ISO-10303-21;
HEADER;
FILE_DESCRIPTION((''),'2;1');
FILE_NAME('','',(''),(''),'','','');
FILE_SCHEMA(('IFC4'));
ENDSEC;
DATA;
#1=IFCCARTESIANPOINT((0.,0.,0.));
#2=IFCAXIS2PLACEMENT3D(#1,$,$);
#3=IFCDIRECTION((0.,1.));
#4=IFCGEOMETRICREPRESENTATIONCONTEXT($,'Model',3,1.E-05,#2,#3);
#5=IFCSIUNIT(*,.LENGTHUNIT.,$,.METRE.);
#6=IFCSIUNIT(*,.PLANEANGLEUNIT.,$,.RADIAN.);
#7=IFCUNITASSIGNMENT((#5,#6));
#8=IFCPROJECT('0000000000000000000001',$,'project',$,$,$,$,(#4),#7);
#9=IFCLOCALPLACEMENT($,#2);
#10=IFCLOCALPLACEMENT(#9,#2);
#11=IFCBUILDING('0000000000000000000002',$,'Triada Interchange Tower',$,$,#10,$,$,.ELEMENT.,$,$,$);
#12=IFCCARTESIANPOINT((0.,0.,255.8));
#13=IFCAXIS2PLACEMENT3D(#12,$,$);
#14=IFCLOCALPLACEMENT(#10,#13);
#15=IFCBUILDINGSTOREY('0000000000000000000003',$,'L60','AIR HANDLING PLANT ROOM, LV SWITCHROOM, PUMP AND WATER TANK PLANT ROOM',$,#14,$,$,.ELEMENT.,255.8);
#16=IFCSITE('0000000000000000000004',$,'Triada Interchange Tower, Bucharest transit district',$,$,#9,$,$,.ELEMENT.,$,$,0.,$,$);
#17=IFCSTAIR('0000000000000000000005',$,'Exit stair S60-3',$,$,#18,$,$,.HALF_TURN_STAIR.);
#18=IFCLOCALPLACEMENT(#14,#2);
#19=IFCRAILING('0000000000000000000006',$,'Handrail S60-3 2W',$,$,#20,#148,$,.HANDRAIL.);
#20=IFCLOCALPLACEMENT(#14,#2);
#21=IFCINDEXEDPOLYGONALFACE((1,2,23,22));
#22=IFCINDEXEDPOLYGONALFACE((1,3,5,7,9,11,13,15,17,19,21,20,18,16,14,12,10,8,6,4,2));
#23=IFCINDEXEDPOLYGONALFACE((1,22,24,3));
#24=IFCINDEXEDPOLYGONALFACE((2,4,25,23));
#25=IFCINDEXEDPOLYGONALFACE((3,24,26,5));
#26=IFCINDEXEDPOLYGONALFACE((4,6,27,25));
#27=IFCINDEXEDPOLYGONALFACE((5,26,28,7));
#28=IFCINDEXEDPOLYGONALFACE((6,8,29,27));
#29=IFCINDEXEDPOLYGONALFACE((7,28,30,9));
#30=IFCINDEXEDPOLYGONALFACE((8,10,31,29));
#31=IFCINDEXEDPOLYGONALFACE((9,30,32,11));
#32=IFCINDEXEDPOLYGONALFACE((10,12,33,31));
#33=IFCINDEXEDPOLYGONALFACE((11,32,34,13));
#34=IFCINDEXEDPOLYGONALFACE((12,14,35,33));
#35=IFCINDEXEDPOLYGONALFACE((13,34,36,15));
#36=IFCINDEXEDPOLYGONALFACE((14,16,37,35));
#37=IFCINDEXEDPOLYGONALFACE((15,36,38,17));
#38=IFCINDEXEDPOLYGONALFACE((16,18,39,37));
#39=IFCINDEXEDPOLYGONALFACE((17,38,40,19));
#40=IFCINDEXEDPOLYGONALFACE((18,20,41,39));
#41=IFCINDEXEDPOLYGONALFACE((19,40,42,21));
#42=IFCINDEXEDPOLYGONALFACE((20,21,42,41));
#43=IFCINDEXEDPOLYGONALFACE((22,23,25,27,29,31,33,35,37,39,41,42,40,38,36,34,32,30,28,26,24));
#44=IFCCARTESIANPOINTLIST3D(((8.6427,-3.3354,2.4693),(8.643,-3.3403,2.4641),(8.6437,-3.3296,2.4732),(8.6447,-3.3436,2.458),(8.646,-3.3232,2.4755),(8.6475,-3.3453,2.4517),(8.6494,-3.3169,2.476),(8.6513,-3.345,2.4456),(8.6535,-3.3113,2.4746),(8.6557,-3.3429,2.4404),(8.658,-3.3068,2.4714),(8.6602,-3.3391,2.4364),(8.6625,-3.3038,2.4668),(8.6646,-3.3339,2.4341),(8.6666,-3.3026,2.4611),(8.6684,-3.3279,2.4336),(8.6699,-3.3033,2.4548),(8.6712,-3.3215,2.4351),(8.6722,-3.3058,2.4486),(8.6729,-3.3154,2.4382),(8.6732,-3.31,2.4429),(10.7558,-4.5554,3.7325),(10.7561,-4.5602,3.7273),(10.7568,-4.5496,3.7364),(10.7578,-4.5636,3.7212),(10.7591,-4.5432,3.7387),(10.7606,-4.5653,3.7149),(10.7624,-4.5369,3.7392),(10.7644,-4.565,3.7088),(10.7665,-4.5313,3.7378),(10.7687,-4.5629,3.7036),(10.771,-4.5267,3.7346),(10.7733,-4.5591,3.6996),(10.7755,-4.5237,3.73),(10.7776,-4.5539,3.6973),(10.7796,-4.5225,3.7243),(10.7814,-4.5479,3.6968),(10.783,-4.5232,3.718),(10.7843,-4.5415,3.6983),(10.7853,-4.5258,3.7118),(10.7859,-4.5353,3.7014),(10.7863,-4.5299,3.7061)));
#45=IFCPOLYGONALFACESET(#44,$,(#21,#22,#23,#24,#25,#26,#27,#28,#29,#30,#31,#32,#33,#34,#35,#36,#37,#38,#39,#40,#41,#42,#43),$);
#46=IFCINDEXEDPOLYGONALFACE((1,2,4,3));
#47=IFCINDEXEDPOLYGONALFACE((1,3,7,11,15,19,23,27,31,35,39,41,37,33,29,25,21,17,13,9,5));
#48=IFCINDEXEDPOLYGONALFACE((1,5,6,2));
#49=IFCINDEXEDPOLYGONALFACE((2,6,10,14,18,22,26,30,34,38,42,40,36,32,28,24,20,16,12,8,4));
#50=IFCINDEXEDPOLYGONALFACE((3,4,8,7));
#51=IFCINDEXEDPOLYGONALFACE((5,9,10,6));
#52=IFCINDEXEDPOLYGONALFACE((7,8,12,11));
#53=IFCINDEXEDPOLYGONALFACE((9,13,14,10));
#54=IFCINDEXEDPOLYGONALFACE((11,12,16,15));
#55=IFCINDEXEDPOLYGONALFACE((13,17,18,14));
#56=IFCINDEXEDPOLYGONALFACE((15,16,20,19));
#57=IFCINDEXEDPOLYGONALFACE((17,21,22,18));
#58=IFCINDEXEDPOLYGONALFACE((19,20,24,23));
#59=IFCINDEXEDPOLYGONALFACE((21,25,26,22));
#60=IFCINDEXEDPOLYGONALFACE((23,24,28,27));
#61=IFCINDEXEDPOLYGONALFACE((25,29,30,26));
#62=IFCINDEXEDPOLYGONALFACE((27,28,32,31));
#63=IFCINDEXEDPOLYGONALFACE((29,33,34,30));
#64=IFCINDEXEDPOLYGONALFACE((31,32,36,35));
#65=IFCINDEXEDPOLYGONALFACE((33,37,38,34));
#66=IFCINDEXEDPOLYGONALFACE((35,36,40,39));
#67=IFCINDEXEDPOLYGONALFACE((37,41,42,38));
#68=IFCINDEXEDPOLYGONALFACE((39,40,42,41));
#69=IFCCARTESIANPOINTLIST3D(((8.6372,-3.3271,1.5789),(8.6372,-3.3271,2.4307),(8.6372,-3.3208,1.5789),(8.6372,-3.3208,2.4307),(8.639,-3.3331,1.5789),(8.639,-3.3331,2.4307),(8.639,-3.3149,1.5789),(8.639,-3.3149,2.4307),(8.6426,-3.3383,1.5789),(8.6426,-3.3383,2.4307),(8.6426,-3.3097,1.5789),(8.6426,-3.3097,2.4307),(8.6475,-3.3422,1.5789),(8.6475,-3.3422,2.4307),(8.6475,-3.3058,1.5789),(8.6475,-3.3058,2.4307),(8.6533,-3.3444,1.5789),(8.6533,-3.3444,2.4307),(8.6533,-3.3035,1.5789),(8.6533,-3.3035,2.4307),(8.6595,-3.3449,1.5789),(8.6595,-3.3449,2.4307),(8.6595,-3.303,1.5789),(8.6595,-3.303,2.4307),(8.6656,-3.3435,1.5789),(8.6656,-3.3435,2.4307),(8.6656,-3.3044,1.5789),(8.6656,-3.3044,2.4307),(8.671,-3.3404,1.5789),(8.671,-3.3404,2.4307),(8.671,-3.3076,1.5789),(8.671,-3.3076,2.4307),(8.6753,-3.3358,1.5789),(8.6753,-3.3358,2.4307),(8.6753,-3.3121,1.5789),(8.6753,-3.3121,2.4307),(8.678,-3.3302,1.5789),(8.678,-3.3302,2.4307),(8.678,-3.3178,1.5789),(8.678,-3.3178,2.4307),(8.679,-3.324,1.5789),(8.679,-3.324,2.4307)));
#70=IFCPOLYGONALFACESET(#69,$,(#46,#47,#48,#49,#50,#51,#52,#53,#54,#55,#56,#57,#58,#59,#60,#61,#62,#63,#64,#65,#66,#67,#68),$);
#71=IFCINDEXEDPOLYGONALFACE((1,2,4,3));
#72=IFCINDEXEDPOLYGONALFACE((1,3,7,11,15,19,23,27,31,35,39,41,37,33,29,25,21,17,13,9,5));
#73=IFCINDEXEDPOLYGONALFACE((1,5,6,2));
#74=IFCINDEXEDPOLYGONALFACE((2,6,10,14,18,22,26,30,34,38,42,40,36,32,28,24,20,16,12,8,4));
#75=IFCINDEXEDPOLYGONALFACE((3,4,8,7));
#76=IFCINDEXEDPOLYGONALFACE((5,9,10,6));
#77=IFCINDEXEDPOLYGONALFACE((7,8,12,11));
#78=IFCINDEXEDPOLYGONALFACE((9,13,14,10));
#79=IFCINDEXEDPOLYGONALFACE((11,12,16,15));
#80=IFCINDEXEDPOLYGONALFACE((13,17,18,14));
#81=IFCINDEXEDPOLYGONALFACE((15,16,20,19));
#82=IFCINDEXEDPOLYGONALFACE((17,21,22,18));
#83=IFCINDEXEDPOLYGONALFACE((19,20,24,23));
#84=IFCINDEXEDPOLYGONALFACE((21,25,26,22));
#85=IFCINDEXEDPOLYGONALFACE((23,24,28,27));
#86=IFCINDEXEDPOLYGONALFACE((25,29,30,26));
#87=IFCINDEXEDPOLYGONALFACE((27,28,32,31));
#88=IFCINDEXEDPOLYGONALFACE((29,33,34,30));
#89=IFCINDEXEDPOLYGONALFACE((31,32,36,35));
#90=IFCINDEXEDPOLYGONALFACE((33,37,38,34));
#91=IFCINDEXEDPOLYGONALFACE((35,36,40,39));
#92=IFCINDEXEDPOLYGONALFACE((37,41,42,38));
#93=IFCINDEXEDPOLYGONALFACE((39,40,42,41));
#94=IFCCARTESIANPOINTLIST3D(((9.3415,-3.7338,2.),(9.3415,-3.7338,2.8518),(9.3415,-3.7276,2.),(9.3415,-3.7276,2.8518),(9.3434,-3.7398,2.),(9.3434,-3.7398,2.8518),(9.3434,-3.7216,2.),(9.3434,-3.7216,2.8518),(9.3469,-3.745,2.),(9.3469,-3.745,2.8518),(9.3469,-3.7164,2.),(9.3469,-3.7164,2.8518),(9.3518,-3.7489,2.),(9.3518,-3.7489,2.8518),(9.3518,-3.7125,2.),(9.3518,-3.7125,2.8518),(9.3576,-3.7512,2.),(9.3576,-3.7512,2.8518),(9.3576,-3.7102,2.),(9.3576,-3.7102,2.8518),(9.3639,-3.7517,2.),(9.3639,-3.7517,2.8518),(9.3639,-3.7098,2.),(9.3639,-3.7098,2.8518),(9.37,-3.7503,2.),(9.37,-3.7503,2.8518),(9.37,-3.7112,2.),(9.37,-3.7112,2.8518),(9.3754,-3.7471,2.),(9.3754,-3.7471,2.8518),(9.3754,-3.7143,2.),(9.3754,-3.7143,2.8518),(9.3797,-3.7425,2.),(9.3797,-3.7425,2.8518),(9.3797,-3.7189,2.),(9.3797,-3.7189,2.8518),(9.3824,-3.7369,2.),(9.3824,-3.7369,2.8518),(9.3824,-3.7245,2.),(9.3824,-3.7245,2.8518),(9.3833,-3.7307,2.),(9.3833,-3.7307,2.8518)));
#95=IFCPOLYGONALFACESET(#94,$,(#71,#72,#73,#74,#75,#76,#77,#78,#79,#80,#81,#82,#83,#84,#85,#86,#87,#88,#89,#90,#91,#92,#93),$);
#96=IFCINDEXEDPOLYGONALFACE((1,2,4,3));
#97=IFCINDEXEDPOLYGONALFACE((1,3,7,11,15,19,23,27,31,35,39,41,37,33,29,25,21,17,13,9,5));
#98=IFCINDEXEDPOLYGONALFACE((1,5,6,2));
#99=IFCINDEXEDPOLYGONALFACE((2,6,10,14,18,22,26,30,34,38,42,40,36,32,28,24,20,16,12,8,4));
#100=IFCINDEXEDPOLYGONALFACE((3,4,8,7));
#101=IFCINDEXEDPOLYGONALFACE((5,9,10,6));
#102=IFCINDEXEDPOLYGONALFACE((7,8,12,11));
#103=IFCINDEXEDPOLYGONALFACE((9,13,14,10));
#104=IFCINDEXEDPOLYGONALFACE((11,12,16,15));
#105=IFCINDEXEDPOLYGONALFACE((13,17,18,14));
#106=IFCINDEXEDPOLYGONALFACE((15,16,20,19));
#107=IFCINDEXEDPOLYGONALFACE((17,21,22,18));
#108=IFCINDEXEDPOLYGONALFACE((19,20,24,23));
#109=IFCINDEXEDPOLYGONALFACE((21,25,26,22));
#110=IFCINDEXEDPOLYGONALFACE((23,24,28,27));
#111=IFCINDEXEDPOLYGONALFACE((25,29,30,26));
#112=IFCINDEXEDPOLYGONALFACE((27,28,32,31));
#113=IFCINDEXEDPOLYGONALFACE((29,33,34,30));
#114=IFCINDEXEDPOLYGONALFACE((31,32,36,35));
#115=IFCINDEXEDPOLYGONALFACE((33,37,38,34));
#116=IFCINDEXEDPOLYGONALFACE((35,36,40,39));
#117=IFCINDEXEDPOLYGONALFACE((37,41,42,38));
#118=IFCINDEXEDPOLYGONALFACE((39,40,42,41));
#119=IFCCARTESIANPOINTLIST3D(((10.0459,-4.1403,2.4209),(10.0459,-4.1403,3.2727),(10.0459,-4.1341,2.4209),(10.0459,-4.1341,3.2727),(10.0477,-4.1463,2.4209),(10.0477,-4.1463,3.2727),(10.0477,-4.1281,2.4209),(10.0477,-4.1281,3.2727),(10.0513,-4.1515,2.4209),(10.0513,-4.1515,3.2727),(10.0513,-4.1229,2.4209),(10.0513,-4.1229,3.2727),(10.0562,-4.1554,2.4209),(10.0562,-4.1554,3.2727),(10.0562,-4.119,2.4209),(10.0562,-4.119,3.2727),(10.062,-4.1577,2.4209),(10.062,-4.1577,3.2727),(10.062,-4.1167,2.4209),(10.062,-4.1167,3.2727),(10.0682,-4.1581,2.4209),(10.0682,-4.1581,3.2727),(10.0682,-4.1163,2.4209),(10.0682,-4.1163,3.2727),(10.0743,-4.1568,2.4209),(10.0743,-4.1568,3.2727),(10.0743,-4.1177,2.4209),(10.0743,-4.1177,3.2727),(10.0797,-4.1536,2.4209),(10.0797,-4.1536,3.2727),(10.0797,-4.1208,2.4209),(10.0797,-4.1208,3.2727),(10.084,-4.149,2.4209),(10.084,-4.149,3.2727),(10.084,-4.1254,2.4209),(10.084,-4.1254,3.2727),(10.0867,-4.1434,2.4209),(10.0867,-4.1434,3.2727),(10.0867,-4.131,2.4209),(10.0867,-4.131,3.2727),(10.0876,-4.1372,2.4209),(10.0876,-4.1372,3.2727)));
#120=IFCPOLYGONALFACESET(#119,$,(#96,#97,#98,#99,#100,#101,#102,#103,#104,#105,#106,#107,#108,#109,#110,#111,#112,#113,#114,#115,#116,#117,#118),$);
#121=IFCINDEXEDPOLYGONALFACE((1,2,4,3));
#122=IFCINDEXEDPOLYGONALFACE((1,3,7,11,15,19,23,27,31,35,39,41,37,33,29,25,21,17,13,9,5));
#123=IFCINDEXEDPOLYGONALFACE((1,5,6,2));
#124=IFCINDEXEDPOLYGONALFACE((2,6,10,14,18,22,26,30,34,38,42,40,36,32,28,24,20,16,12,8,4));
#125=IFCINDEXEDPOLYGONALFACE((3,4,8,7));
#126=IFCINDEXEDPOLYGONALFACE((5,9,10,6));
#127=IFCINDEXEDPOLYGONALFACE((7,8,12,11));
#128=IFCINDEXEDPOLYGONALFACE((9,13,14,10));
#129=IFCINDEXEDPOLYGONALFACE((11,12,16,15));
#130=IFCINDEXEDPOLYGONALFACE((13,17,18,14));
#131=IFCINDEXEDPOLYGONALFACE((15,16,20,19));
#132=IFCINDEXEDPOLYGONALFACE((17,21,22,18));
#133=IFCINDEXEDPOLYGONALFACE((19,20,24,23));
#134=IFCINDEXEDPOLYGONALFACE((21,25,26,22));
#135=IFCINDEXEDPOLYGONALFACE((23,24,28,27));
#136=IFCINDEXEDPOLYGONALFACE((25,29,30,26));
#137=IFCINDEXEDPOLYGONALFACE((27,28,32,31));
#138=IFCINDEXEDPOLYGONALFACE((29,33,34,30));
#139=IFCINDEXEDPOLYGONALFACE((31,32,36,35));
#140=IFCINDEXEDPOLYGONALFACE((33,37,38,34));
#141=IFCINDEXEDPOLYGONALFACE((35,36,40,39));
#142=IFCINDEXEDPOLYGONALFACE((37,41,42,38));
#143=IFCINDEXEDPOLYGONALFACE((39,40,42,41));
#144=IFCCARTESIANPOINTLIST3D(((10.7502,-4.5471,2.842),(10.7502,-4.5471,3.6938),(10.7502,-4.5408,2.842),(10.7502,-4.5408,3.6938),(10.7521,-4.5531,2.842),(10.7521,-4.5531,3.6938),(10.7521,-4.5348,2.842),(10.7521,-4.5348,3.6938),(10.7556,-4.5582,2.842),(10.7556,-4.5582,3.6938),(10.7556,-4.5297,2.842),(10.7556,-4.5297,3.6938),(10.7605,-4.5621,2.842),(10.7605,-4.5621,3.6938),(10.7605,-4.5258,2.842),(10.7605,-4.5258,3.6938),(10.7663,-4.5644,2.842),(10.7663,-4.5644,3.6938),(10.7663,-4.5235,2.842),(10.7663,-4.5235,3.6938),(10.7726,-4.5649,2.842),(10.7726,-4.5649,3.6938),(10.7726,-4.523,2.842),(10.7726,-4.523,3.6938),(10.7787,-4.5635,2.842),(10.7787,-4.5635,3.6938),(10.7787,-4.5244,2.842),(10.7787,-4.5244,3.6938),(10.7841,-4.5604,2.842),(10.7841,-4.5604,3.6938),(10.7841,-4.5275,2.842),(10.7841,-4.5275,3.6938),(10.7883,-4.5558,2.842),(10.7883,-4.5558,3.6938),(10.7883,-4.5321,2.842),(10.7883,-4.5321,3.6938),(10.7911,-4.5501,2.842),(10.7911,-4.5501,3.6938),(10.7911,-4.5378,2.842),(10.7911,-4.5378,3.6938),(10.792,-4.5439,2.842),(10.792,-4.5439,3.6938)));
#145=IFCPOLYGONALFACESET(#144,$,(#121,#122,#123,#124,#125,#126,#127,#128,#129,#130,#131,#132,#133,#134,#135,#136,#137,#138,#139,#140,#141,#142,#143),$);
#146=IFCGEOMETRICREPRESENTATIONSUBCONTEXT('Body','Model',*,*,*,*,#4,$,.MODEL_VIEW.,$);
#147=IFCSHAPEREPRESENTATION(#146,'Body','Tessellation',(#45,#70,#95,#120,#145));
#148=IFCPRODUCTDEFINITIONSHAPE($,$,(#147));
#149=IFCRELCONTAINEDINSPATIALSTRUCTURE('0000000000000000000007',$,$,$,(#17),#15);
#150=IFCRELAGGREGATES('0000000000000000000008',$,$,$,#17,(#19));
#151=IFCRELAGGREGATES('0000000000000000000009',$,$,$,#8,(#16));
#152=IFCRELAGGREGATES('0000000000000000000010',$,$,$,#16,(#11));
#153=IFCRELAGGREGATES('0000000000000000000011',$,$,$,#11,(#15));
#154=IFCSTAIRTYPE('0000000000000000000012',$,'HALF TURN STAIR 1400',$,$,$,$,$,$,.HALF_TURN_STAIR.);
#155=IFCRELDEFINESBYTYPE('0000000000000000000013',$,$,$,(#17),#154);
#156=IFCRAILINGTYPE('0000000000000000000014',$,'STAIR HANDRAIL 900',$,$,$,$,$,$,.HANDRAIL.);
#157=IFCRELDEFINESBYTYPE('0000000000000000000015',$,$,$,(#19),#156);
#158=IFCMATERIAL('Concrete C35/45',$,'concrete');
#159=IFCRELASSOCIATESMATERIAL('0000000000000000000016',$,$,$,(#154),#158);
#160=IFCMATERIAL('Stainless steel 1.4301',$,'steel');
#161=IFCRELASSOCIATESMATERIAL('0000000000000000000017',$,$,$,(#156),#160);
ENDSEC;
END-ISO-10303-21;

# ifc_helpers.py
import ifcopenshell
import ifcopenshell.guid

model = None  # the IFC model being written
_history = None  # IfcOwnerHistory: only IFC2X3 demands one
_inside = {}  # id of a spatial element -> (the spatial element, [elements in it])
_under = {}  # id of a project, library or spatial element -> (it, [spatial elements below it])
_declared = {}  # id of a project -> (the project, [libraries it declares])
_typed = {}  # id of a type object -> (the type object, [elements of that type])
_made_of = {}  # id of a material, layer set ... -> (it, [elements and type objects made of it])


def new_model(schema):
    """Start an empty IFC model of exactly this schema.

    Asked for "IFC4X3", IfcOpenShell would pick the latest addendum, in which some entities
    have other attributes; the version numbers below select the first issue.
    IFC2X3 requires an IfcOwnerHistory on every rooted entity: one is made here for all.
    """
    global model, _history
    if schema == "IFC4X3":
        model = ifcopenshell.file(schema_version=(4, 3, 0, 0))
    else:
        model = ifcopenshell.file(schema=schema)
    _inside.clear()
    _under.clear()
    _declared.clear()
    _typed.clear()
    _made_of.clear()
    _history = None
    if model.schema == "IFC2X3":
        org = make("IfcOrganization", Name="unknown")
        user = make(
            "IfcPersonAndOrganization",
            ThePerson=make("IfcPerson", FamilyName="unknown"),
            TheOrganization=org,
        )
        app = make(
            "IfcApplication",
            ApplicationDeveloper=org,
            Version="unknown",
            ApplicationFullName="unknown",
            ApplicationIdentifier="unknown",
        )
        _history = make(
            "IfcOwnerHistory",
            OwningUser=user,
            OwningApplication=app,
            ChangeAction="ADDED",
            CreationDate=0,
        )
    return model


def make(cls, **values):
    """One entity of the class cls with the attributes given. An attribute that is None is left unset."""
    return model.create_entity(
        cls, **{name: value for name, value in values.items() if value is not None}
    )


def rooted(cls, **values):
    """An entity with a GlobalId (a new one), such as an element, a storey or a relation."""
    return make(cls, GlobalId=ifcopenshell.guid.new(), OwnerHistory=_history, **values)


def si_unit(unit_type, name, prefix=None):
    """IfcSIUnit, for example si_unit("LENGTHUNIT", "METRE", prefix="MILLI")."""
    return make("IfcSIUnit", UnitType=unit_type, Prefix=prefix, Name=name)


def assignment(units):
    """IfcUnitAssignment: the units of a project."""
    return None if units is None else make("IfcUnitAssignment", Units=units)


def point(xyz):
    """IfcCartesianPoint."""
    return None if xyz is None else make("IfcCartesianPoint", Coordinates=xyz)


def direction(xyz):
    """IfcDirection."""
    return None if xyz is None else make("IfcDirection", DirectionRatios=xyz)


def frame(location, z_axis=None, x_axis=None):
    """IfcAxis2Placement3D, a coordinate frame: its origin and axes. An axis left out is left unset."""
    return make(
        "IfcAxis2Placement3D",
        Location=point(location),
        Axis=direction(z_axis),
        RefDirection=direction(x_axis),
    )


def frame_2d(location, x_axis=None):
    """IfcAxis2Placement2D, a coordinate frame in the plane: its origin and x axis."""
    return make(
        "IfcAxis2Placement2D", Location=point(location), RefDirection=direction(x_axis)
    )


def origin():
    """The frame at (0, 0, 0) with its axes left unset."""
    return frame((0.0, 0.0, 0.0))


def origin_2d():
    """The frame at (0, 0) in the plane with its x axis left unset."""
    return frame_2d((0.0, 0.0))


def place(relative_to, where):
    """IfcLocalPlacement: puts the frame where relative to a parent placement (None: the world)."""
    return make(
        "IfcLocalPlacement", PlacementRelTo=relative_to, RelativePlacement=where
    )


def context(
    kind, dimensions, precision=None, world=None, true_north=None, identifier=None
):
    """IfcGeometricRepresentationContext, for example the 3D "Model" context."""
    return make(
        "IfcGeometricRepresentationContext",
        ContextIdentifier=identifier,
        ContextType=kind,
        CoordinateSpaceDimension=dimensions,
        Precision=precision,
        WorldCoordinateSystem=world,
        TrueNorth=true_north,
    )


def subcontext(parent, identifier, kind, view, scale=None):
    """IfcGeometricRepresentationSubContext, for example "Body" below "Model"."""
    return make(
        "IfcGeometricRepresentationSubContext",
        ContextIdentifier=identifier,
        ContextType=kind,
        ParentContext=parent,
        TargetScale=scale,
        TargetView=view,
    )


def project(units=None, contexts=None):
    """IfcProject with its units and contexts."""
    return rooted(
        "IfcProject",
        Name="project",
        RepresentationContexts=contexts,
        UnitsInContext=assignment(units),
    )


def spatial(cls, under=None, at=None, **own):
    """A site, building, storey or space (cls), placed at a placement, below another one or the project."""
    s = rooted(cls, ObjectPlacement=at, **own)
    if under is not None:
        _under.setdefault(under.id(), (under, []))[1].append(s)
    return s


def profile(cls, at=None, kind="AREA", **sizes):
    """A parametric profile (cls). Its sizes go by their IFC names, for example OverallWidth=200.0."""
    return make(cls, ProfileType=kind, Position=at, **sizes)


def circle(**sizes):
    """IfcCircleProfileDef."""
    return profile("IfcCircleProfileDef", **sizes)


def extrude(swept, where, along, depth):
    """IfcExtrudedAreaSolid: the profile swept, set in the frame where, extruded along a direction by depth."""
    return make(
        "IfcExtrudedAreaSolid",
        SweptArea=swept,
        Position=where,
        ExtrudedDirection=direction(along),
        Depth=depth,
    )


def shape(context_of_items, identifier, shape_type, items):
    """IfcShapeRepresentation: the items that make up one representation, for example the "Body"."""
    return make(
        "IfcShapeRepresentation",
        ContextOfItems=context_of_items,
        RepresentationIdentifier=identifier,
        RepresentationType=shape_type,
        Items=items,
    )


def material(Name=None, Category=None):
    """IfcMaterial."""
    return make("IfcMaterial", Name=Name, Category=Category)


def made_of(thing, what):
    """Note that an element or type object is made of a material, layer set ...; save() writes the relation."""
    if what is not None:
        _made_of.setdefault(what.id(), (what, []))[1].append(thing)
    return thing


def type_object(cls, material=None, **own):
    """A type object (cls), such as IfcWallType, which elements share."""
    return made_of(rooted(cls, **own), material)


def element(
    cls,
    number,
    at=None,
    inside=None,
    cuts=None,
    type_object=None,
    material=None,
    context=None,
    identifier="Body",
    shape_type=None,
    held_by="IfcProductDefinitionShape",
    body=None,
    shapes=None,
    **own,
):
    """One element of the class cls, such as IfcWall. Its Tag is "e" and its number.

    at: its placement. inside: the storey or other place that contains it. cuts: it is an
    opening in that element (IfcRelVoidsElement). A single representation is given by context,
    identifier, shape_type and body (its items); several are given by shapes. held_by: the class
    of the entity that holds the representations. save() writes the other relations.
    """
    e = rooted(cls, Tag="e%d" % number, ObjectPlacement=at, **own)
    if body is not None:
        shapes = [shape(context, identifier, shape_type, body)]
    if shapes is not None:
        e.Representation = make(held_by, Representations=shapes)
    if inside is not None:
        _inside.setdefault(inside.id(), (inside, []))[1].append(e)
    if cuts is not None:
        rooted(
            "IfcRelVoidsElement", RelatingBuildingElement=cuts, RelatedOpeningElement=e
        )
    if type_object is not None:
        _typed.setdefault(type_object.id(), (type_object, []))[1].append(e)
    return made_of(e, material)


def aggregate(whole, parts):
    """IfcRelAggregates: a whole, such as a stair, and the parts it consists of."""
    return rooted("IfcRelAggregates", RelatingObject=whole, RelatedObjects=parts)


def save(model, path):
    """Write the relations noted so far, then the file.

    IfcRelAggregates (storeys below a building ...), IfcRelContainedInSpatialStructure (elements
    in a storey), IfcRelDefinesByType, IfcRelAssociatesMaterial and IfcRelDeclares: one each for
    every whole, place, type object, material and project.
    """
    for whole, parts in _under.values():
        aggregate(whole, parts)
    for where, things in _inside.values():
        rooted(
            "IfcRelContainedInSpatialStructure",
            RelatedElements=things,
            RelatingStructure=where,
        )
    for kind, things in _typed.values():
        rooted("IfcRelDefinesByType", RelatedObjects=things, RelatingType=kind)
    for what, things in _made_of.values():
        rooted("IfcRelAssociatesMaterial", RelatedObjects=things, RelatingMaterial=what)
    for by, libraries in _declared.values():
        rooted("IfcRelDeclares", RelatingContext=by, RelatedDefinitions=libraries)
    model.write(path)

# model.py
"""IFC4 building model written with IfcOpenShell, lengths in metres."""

from ifc_helpers import new_model, si_unit, direction, frame, origin, origin_2d, place, context, subcontext, project, spatial, circle, extrude, material, type_object, element, aggregate, save


model = new_model("IFC4")

# Units and contexts
model_context = context("Model", 3, precision=1e-05, world=origin(), true_north=direction((0.0, 1.0)))
body_context = subcontext(model_context, "Body", "Model", "MODEL_VIEW")
ifc_project = project(units=[si_unit("LENGTHUNIT", "METRE"), si_unit("PLANEANGLEUNIT", "RADIAN")], contexts=[model_context])

# Site, building, storey
site_placement = place(None, origin())
site = spatial("IfcSite", under=ifc_project, at=site_placement, Name="Triada Interchange Tower, Bucharest transit district", CompositionType="ELEMENT", RefElevation=0.0)
building_placement = place(site_placement, origin())
building = spatial("IfcBuilding", under=site, at=building_placement, Name="Triada Interchange Tower", CompositionType="ELEMENT")
storey_placement = place(building_placement, frame((0.0, 0.0, 255.8)))
storey = spatial("IfcBuildingStorey", under=building, at=storey_placement, Name="L60", Description="AIR HANDLING PLANT ROOM, LV SWITCHROOM, PUMP AND WATER TANK PLANT ROOM", CompositionType="ELEMENT", Elevation=255.8)

# Stair, railing
ifc_material_1 = material(Name="Concrete C35/45", Category="concrete")
stair_type = type_object("IfcStairType", Name="HALF TURN STAIR 1400", PredefinedType="HALF_TURN_STAIR", material=ifc_material_1)
stair_placement = place(storey_placement, origin())
stair = element("IfcStair", 1, at=stair_placement, inside=storey, type_object=stair_type, Name="Exit stair S60-3", PredefinedType="HALF_TURN_STAIR")
ifc_material_2 = material(Name="Stainless steel 1.4301", Category="steel")
railing_type = type_object("IfcRailingType", Name="STAIR HANDRAIL 900", PredefinedType="HANDRAIL", material=ifc_material_2)
railing_1_placement = place(storey_placement, frame((8.658, -3.324, 1.5789)))
railing_1 = element("IfcRailing", 2, at=railing_1_placement, type_object=railing_type, Name="Handrail S60-3 2W", PredefinedType="HANDRAIL", context=body_context, shape_type="SweptSolid", body=[
    extrude(circle(Radius=0.0239, at=origin_2d()), frame((0.0, 0.0, 0.876), z_axis=(0.76907, -0.444026, 0.459753), x_axis=(0.500003, 0.866024, 0.0)), (0.0, 0.0, 1.0), 2.7476),
    extrude(circle(Radius=0.021, at=origin_2d()), origin(), (0.0, 0.0, 1.0), 0.8518),
    extrude(circle(Radius=0.021, at=origin_2d()), frame((0.7043, -0.4067, 0.4211)), (0.0, 0.0, 1.0), 0.8518),
    extrude(circle(Radius=0.021, at=origin_2d()), frame((1.4087, -0.8132, 0.842)), (0.0, 0.0, 1.0), 0.8518),
    extrude(circle(Radius=0.021, at=origin_2d()), frame((2.113, -1.22, 1.2632)), (0.0, 0.0, 1.0), 0.8518),
])
aggregate(stair, [railing_1])

save(model, "model.ifc")
